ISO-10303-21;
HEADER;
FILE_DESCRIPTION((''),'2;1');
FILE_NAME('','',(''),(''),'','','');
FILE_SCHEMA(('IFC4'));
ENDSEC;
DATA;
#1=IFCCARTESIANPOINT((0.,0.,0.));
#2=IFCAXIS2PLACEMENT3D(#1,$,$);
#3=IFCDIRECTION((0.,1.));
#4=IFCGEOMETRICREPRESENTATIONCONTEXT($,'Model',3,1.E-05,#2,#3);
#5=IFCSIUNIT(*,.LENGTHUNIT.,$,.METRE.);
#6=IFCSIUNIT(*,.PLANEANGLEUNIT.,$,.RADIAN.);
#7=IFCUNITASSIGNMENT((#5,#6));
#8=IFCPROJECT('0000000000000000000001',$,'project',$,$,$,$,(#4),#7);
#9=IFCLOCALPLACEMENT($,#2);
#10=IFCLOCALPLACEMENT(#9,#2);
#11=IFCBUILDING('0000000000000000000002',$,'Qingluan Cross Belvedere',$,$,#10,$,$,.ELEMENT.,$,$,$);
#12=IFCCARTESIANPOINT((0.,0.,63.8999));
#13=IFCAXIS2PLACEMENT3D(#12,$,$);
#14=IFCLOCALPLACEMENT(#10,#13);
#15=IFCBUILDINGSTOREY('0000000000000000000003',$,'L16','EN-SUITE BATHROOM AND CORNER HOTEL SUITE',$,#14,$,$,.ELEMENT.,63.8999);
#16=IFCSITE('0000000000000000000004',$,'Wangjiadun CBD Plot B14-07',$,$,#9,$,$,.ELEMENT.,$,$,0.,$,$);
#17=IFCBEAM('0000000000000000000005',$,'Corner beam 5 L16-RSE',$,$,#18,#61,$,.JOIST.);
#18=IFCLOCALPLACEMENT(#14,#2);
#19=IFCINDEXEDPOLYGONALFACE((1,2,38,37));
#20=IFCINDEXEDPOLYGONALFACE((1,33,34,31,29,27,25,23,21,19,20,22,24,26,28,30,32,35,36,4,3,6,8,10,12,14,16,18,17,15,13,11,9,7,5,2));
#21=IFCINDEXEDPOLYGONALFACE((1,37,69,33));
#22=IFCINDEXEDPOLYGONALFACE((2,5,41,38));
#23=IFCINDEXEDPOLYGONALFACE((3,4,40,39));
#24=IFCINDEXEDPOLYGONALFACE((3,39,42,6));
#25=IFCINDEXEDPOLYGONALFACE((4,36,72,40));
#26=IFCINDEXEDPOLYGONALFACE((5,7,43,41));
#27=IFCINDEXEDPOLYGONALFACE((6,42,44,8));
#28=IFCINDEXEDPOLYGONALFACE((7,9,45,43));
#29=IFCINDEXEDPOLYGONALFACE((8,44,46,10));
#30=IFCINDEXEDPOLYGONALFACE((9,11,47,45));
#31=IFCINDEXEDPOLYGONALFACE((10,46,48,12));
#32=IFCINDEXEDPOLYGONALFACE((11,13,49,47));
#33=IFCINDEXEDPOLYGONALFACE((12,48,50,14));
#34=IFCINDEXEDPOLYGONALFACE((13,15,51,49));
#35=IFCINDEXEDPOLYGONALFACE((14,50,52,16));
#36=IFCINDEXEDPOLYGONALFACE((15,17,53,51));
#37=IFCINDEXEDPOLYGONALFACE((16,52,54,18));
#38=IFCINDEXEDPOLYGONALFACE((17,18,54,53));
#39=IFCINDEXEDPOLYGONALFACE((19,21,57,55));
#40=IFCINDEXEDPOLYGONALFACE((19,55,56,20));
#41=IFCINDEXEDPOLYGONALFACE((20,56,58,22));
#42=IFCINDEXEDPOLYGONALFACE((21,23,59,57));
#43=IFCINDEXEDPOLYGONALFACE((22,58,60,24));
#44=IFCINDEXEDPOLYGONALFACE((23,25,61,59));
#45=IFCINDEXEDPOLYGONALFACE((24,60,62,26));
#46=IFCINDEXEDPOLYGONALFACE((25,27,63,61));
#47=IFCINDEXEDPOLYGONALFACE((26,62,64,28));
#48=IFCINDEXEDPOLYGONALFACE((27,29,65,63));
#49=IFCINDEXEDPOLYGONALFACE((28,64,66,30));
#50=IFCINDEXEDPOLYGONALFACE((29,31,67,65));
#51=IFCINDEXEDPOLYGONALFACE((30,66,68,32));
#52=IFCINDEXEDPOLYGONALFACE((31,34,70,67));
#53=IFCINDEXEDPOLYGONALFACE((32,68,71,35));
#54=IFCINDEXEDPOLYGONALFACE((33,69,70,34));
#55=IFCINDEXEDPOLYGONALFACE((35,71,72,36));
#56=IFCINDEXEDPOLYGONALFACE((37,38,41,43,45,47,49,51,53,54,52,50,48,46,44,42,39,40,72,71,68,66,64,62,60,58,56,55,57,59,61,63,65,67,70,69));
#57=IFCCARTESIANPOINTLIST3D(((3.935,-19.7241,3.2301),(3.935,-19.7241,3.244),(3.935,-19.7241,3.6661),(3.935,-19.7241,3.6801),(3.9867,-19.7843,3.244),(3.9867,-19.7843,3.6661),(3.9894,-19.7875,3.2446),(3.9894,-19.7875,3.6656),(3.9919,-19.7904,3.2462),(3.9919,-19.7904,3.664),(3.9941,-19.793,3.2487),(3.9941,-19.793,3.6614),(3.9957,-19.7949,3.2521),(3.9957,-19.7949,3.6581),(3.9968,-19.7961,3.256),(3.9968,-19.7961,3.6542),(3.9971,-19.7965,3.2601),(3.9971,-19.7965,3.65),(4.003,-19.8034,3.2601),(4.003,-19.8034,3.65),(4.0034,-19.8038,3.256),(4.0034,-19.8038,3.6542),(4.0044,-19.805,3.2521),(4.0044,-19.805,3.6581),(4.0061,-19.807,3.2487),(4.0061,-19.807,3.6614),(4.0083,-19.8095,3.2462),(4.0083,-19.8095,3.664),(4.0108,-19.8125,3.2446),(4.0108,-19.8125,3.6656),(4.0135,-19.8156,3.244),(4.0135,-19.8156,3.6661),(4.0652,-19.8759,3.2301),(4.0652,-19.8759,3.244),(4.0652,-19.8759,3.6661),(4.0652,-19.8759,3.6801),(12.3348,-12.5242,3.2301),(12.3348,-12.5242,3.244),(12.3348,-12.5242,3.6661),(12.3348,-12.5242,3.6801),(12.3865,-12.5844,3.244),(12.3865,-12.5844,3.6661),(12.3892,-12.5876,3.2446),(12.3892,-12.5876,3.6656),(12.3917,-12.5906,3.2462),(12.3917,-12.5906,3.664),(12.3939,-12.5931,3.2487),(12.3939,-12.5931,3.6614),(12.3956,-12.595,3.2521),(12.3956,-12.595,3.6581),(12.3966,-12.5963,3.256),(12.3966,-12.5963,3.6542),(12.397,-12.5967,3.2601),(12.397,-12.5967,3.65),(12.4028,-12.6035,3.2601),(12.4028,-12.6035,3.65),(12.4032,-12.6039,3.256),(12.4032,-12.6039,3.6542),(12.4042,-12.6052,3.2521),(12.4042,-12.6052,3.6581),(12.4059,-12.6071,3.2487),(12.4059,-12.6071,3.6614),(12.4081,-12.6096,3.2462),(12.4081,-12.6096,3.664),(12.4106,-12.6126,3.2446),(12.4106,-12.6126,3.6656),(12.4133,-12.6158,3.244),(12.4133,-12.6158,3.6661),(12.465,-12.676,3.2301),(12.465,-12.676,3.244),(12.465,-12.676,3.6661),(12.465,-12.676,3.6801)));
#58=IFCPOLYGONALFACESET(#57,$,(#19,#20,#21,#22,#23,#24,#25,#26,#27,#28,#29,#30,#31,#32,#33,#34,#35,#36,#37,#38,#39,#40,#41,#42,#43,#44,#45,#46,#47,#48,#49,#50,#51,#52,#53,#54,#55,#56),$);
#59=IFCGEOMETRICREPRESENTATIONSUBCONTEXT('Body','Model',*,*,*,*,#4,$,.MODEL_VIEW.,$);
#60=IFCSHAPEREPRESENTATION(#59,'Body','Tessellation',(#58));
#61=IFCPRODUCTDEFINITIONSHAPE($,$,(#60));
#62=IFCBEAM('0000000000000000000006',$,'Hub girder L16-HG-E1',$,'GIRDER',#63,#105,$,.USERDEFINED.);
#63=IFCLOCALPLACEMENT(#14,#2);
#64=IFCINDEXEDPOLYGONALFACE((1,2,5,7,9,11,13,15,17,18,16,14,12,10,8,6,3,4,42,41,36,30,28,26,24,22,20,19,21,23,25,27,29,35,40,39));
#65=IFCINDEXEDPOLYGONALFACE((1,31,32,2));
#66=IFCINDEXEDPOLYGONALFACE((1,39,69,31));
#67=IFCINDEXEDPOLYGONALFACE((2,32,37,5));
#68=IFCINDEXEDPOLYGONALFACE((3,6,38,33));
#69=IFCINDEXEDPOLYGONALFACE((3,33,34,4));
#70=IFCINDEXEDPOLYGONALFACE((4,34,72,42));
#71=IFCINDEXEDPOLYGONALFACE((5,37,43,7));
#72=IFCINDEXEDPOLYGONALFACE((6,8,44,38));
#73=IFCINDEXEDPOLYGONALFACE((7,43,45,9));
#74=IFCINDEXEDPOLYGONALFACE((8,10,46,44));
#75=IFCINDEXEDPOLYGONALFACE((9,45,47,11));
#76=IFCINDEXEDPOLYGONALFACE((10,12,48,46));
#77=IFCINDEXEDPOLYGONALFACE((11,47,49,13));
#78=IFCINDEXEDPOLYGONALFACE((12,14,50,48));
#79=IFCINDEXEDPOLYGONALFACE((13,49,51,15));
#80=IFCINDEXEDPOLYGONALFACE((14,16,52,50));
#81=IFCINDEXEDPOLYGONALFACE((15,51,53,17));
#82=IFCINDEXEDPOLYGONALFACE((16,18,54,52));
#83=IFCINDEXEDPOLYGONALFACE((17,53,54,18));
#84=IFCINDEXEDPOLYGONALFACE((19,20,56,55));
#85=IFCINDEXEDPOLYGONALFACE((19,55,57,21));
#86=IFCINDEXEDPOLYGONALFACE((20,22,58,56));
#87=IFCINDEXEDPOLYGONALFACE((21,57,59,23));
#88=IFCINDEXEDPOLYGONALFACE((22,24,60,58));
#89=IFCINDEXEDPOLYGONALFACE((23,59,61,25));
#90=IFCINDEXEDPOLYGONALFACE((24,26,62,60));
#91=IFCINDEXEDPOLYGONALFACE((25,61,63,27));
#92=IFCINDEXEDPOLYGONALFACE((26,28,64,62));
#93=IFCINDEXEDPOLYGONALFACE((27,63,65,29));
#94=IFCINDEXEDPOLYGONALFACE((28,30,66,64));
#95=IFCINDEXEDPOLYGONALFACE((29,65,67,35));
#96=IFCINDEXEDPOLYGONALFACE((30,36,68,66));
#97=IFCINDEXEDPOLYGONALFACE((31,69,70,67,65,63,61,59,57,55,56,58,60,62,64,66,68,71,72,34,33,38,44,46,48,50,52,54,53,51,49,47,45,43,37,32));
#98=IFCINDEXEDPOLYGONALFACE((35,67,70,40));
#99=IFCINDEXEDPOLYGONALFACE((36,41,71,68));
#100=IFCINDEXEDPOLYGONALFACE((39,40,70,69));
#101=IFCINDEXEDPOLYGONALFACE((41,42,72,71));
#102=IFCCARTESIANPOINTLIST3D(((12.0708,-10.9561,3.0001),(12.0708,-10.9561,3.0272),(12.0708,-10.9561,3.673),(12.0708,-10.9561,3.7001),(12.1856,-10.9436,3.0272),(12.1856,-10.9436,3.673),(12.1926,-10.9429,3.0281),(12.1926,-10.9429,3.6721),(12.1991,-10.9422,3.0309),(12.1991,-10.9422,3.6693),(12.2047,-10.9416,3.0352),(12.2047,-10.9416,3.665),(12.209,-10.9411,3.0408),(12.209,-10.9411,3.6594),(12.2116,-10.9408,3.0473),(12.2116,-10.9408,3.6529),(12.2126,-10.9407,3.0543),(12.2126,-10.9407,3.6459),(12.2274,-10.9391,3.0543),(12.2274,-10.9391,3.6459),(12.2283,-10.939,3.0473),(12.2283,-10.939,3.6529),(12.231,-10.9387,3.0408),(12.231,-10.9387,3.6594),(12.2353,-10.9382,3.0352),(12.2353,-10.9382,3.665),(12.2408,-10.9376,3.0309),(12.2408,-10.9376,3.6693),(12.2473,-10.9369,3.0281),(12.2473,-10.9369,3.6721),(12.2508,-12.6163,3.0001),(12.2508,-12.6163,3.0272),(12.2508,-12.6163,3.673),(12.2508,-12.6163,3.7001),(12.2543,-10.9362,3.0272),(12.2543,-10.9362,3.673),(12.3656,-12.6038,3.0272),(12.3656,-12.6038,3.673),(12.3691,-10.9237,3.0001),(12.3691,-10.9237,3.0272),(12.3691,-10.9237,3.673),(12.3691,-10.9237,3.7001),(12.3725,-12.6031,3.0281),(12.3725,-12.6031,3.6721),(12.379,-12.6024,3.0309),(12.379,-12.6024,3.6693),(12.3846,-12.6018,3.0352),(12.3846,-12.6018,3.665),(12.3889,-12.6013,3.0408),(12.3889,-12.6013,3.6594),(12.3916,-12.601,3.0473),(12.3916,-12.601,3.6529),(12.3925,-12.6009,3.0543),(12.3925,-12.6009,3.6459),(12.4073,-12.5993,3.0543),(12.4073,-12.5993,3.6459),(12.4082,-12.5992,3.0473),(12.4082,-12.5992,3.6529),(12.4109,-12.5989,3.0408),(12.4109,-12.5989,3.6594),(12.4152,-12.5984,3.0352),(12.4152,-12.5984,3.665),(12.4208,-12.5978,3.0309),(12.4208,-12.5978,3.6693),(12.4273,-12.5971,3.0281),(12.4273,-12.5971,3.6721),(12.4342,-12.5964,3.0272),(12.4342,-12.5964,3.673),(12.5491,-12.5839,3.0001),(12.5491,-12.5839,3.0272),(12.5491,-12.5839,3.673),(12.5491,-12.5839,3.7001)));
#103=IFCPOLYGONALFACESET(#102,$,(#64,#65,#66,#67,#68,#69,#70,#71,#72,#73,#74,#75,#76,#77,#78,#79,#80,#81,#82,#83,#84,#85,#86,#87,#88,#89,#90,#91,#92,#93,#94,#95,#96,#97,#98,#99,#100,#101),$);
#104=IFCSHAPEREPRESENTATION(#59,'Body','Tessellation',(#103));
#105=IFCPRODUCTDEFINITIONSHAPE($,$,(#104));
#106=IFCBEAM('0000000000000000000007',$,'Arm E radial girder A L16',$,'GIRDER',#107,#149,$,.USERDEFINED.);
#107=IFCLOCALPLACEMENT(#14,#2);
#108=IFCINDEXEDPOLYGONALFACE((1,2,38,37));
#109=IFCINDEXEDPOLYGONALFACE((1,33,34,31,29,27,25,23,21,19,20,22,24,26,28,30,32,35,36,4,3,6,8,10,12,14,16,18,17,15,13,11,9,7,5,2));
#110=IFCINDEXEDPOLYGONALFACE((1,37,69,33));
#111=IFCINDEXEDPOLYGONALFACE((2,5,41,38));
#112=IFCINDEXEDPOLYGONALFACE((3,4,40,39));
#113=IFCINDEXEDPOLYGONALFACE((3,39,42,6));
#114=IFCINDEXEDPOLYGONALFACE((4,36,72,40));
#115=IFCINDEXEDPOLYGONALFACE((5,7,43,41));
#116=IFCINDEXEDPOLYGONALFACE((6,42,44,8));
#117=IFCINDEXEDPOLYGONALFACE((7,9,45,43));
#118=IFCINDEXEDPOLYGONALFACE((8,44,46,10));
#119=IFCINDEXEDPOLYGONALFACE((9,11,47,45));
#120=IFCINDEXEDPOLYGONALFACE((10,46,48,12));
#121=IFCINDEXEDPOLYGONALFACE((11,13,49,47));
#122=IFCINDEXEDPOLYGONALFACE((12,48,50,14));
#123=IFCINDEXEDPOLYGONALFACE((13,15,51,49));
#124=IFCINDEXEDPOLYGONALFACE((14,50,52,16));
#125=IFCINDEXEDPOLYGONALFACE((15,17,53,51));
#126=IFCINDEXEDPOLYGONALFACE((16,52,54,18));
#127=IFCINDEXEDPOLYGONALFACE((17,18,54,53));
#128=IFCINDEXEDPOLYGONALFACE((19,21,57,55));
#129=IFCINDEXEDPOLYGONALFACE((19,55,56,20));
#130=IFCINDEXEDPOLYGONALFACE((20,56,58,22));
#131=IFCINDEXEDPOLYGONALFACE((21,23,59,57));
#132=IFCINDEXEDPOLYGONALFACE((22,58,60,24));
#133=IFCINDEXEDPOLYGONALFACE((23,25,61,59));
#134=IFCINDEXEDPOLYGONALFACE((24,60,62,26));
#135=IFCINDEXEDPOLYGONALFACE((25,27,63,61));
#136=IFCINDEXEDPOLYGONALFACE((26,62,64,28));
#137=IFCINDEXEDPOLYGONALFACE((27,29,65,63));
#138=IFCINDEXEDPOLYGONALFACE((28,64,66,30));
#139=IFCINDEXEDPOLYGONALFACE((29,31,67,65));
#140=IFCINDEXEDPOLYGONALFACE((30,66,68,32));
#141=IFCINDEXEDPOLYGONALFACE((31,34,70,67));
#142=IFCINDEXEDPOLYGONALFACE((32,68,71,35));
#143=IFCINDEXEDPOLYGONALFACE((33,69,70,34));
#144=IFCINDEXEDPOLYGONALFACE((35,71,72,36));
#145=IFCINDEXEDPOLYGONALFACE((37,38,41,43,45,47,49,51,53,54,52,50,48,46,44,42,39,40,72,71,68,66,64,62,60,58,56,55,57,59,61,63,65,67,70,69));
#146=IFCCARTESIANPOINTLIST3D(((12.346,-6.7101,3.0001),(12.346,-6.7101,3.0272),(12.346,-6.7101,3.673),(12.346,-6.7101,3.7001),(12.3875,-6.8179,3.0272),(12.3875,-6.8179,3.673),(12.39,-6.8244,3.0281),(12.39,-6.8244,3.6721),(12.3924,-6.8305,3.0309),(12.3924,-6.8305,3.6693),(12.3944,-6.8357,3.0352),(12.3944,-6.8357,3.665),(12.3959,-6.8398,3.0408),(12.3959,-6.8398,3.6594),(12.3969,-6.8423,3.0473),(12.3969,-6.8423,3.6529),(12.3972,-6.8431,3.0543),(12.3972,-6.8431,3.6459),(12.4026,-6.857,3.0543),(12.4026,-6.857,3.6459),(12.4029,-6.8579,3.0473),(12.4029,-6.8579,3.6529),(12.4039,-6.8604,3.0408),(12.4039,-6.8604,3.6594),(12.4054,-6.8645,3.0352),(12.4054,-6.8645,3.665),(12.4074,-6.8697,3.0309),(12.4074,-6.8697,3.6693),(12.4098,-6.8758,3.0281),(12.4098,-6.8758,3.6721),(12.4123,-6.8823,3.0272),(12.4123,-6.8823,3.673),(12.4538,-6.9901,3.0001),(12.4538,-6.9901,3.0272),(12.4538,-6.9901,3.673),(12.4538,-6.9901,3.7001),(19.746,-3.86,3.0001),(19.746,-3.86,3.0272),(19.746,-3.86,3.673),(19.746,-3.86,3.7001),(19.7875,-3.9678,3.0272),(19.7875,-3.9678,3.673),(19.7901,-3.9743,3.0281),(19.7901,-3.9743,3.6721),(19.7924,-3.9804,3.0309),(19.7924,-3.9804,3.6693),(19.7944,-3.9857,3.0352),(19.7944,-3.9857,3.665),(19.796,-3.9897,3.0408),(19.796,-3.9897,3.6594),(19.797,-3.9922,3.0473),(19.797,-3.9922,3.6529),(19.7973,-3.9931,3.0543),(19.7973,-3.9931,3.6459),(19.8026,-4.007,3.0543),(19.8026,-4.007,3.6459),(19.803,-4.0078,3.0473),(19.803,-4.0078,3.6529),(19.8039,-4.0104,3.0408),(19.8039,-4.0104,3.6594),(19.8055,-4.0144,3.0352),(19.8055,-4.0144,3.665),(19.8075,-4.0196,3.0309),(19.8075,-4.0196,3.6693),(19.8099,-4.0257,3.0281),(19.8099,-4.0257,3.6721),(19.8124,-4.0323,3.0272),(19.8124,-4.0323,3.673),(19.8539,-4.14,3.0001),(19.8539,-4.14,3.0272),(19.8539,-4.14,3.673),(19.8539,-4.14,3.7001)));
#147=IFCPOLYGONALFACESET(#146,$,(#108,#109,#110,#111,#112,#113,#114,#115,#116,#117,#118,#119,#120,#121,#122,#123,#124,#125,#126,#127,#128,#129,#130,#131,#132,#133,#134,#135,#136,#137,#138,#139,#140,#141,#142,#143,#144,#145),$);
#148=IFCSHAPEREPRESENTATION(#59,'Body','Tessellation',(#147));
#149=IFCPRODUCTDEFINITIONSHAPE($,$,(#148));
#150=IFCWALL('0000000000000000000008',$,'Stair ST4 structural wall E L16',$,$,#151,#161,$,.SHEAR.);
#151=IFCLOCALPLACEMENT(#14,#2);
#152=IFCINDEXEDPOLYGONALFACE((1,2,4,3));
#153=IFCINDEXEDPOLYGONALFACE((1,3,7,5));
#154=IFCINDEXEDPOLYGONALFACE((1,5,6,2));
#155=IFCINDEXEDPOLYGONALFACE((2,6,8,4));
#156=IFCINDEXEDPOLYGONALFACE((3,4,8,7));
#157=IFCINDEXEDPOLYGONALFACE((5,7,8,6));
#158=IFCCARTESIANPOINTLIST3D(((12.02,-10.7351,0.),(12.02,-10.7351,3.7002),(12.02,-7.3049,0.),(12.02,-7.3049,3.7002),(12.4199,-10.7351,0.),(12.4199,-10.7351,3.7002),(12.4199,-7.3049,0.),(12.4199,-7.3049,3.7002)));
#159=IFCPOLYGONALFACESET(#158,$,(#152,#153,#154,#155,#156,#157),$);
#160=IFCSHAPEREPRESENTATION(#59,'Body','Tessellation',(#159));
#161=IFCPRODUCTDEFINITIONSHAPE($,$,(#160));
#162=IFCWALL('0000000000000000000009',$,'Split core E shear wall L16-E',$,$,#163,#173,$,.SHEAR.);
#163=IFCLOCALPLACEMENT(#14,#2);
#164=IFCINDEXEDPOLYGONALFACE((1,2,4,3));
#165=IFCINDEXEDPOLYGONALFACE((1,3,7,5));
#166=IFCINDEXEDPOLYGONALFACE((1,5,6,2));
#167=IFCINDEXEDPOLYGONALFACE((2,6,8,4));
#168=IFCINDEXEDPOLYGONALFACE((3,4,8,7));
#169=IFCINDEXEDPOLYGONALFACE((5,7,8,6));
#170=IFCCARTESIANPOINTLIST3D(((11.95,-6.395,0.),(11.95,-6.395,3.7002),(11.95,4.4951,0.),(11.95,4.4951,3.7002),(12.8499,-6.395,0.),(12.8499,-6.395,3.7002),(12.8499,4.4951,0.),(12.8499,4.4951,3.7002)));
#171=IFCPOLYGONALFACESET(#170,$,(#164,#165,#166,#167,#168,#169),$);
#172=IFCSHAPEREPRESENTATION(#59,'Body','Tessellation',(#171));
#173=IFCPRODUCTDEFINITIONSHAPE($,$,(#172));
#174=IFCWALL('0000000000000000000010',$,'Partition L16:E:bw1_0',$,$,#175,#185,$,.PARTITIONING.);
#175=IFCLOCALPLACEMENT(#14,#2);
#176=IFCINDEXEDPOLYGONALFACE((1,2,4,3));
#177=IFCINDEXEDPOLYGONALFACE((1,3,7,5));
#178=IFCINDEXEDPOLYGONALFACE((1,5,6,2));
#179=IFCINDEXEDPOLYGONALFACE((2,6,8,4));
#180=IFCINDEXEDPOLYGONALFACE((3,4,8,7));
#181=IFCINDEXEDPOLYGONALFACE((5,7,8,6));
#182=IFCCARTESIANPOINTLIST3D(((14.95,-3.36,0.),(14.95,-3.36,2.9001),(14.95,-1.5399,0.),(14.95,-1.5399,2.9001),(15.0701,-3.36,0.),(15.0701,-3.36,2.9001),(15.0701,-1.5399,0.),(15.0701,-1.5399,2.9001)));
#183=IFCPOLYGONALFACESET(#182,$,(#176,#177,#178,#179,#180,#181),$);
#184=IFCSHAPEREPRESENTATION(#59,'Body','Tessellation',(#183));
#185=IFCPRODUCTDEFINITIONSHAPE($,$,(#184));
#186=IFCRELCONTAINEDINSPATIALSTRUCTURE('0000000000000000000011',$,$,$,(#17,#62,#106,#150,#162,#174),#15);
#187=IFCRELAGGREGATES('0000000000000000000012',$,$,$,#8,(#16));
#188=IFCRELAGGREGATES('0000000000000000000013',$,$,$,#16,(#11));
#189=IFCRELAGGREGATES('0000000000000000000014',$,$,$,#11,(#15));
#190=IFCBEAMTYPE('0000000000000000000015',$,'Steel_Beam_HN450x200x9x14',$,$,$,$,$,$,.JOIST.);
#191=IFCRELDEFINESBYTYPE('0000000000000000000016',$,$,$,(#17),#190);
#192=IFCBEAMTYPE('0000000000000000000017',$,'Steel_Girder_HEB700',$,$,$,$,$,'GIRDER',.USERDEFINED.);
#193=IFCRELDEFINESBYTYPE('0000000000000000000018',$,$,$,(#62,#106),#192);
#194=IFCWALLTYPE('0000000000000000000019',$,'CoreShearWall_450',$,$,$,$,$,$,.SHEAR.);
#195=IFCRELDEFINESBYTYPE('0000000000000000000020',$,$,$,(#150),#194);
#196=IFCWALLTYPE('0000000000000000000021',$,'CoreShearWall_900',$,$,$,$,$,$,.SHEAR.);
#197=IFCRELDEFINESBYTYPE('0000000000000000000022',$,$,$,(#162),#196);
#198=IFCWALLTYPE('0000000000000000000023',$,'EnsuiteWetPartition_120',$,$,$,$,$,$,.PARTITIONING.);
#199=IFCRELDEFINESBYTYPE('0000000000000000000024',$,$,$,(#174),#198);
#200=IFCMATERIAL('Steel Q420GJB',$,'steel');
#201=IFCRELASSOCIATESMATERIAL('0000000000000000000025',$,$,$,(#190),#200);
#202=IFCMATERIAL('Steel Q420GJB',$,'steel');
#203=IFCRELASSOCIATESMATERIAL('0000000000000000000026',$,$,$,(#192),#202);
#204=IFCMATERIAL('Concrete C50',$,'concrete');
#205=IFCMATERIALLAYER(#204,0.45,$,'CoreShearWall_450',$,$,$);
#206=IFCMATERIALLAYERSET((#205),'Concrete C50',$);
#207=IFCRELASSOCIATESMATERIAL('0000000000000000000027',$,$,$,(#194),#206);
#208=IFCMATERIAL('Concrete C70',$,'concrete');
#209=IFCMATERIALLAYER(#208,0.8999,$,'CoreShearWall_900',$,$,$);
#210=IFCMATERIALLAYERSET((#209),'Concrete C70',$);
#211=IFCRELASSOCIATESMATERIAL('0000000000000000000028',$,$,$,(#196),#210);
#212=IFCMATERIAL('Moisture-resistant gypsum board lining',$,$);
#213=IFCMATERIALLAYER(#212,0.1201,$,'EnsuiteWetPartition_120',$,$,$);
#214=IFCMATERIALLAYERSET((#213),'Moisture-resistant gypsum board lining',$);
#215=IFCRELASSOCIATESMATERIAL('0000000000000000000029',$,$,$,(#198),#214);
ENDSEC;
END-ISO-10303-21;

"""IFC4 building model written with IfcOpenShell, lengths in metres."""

from ifc_helpers import new_model, si_unit, direction, frame, frame_2d, origin, origin_2d, place, context, subcontext, project, spatial, rectangle, i_section, extrude, material, layer, layer_set, material_profile, profile_set, type_object, element, save


model = new_model("IFC4")

# Units and contexts
model_context = context("Model", 3, precision=1e-05, world=origin(), true_north=direction((0.0, 1.0)))
body_context = subcontext(model_context, "Body", "Model", "MODEL_VIEW")
ifc_project = project(units=[si_unit("LENGTHUNIT", "METRE"), si_unit("PLANEANGLEUNIT", "RADIAN")], contexts=[model_context])

# Site, building, storey
site_placement = place(None, origin())
site = spatial("IfcSite", under=ifc_project, at=site_placement, Name="Wangjiadun CBD Plot B14-07", CompositionType="ELEMENT", RefElevation=0.0)
building_placement = place(site_placement, origin())
building = spatial("IfcBuilding", under=site, at=building_placement, Name="Qingluan Cross Belvedere", CompositionType="ELEMENT")
storey_placement = place(building_placement, frame((0.0, 0.0, 63.8999)))
storey = spatial("IfcBuildingStorey", under=building, at=storey_placement, Name="L16", Description="EN-SUITE BATHROOM AND CORNER HOTEL SUITE", CompositionType="ELEMENT", Elevation=63.8999)

# Beams
ifc_material_1 = material(Name="Steel Q420GJB", Category="steel")
ifc_material_profile_1 = material_profile(ifc_material_1, i_section(OverallWidth=0.2, OverallDepth=0.45, WebThickness=0.009, FlangeThickness=0.0139, FilletRadius=0.0161, at=origin_2d()), Name="HN450x200x9x14")
ifc_profile_set_1 = profile_set([ifc_material_profile_1], Name="Steel Q420GJB")
beam_type_1 = type_object("IfcBeamType", Name="Steel_Beam_HN450x200x9x14", PredefinedType="JOIST", material=ifc_profile_set_1)
beam_1_placement = place(storey_placement, frame((12.3999, -12.6001, 3.4551), z_axis=(-0.759255, -0.650793, 0.0), x_axis=(0.650793, -0.759255, 0.0)))
element("IfcBeam", 1, at=beam_1_placement, inside=storey, type_object=beam_type_1, Name="Corner beam 5 L16-RSE", PredefinedType="JOIST", context=body_context, shape_type="SweptSolid", body=[
    extrude(i_section(OverallWidth=0.2, OverallDepth=0.45, WebThickness=0.009, FlangeThickness=0.0139, FilletRadius=0.0161, at=origin_2d()), origin(), (0.0, 0.0, 1.0), 11.0632),
])
ifc_material_2 = material(Name="Steel Q420GJB", Category="steel")
ifc_material_profile_2 = material_profile(ifc_material_2, i_section(OverallWidth=0.3, OverallDepth=0.7, WebThickness=0.0149, FlangeThickness=0.0271, FilletRadius=0.0271, at=origin_2d()), Name="HEB700")
ifc_profile_set_2 = profile_set([ifc_material_profile_2], Name="Steel Q420GJB")
beam_type_2 = type_object("IfcBeamType", Name="Steel_Girder_HEB700", ElementType="GIRDER", PredefinedType="USERDEFINED", material=ifc_profile_set_2)
beam_2_placement = place(storey_placement, frame((12.3999, -12.6001, 3.3501), z_axis=(-0.107751, 0.994178, 0.0), x_axis=(-0.994178, -0.107751, 0.0)))
element("IfcBeam", 2, at=beam_2_placement, inside=storey, type_object=beam_type_2, Name="Hub girder L16-HG-E1", ObjectType="GIRDER", PredefinedType="USERDEFINED", context=body_context, shape_type="SweptSolid", body=[
    extrude(i_section(OverallWidth=0.3, OverallDepth=0.7, WebThickness=0.0149, FlangeThickness=0.0271, FilletRadius=0.0271, at=origin_2d()), origin(), (0.0, 0.0, 1.0), 1.6699),
])
beam_3_placement = place(storey_placement, frame((12.3999, -6.8501, 3.3501), z_axis=(0.933181, 0.359406, 0.0), x_axis=(-0.359406, 0.933181, 0.0)))
element("IfcBeam", 3, at=beam_3_placement, inside=storey, type_object=beam_type_2, Name="Arm E radial girder A L16", ObjectType="GIRDER", PredefinedType="USERDEFINED", context=body_context, shape_type="SweptSolid", body=[
    extrude(i_section(OverallWidth=0.3, OverallDepth=0.7, WebThickness=0.0149, FlangeThickness=0.0271, FilletRadius=0.0271, at=origin_2d()), origin(), (0.0, 0.0, 1.0), 7.9299),
])

# Walls
ifc_material_3 = material(Name="Concrete C50", Category="concrete")
ifc_layer_1 = layer(ifc_material_3, 0.45, Name="CoreShearWall_450")
ifc_layer_set_1 = layer_set([ifc_layer_1], Name="Concrete C50")
wall_type_1 = type_object("IfcWallType", Name="CoreShearWall_450", PredefinedType="SHEAR", material=ifc_layer_set_1)
wall_1_placement = place(storey_placement, frame((12.22, -10.7351, 0.0), z_axis=(0.0, 0.0, 1.0), x_axis=(0.0, 1.0, 0.0)))
element("IfcWall", 4, at=wall_1_placement, inside=storey, type_object=wall_type_1, Name="Stair ST4 structural wall E L16", PredefinedType="SHEAR", context=body_context, shape_type="SweptSolid", body=[
    extrude(rectangle(XDim=3.4302, YDim=0.3999, at=frame_2d((1.7151, 0.0))), origin(), (0.0, 0.0, 1.0), 3.7002),
])
ifc_material_4 = material(Name="Concrete C70", Category="concrete")
ifc_layer_2 = layer(ifc_material_4, 0.8999, Name="CoreShearWall_900")
ifc_layer_set_2 = layer_set([ifc_layer_2], Name="Concrete C70")
wall_type_2 = type_object("IfcWallType", Name="CoreShearWall_900", PredefinedType="SHEAR", material=ifc_layer_set_2)
wall_2_placement = place(storey_placement, frame((12.3999, -6.395, 0.0), z_axis=(0.0, 0.0, 1.0), x_axis=(0.0, 1.0, 0.0)))
element("IfcWall", 5, at=wall_2_placement, inside=storey, type_object=wall_type_2, Name="Split core E shear wall L16-E", PredefinedType="SHEAR", context=body_context, shape_type="SweptSolid", body=[
    extrude(rectangle(XDim=10.8901, YDim=0.8999, at=frame_2d((5.4451, 0.0))), origin(), (0.0, 0.0, 1.0), 3.7002),
])
ifc_material_5 = material(Name="Moisture-resistant gypsum board lining")
ifc_layer_3 = layer(ifc_material_5, 0.1201, Name="EnsuiteWetPartition_120")
ifc_layer_set_3 = layer_set([ifc_layer_3], Name="Moisture-resistant gypsum board lining")
wall_type_3 = type_object("IfcWallType", Name="EnsuiteWetPartition_120", PredefinedType="PARTITIONING", material=ifc_layer_set_3)
wall_3_placement = place(storey_placement, frame((15.01, -3.3601, 0.0), z_axis=(0.0, 0.0, 1.0), x_axis=(0.0, 1.0, 0.0)))
element("IfcWall", 6, at=wall_3_placement, inside=storey, type_object=wall_type_3, Name="Partition L16:E:bw1_0", PredefinedType="PARTITIONING", context=body_context, shape_type="SweptSolid", body=[
    extrude(rectangle(XDim=1.8201, YDim=0.1201, at=frame_2d((0.9102, 0.0))), origin(), (0.0, 0.0, 1.0), 2.9001),
])

save(model, "model.ifc")
